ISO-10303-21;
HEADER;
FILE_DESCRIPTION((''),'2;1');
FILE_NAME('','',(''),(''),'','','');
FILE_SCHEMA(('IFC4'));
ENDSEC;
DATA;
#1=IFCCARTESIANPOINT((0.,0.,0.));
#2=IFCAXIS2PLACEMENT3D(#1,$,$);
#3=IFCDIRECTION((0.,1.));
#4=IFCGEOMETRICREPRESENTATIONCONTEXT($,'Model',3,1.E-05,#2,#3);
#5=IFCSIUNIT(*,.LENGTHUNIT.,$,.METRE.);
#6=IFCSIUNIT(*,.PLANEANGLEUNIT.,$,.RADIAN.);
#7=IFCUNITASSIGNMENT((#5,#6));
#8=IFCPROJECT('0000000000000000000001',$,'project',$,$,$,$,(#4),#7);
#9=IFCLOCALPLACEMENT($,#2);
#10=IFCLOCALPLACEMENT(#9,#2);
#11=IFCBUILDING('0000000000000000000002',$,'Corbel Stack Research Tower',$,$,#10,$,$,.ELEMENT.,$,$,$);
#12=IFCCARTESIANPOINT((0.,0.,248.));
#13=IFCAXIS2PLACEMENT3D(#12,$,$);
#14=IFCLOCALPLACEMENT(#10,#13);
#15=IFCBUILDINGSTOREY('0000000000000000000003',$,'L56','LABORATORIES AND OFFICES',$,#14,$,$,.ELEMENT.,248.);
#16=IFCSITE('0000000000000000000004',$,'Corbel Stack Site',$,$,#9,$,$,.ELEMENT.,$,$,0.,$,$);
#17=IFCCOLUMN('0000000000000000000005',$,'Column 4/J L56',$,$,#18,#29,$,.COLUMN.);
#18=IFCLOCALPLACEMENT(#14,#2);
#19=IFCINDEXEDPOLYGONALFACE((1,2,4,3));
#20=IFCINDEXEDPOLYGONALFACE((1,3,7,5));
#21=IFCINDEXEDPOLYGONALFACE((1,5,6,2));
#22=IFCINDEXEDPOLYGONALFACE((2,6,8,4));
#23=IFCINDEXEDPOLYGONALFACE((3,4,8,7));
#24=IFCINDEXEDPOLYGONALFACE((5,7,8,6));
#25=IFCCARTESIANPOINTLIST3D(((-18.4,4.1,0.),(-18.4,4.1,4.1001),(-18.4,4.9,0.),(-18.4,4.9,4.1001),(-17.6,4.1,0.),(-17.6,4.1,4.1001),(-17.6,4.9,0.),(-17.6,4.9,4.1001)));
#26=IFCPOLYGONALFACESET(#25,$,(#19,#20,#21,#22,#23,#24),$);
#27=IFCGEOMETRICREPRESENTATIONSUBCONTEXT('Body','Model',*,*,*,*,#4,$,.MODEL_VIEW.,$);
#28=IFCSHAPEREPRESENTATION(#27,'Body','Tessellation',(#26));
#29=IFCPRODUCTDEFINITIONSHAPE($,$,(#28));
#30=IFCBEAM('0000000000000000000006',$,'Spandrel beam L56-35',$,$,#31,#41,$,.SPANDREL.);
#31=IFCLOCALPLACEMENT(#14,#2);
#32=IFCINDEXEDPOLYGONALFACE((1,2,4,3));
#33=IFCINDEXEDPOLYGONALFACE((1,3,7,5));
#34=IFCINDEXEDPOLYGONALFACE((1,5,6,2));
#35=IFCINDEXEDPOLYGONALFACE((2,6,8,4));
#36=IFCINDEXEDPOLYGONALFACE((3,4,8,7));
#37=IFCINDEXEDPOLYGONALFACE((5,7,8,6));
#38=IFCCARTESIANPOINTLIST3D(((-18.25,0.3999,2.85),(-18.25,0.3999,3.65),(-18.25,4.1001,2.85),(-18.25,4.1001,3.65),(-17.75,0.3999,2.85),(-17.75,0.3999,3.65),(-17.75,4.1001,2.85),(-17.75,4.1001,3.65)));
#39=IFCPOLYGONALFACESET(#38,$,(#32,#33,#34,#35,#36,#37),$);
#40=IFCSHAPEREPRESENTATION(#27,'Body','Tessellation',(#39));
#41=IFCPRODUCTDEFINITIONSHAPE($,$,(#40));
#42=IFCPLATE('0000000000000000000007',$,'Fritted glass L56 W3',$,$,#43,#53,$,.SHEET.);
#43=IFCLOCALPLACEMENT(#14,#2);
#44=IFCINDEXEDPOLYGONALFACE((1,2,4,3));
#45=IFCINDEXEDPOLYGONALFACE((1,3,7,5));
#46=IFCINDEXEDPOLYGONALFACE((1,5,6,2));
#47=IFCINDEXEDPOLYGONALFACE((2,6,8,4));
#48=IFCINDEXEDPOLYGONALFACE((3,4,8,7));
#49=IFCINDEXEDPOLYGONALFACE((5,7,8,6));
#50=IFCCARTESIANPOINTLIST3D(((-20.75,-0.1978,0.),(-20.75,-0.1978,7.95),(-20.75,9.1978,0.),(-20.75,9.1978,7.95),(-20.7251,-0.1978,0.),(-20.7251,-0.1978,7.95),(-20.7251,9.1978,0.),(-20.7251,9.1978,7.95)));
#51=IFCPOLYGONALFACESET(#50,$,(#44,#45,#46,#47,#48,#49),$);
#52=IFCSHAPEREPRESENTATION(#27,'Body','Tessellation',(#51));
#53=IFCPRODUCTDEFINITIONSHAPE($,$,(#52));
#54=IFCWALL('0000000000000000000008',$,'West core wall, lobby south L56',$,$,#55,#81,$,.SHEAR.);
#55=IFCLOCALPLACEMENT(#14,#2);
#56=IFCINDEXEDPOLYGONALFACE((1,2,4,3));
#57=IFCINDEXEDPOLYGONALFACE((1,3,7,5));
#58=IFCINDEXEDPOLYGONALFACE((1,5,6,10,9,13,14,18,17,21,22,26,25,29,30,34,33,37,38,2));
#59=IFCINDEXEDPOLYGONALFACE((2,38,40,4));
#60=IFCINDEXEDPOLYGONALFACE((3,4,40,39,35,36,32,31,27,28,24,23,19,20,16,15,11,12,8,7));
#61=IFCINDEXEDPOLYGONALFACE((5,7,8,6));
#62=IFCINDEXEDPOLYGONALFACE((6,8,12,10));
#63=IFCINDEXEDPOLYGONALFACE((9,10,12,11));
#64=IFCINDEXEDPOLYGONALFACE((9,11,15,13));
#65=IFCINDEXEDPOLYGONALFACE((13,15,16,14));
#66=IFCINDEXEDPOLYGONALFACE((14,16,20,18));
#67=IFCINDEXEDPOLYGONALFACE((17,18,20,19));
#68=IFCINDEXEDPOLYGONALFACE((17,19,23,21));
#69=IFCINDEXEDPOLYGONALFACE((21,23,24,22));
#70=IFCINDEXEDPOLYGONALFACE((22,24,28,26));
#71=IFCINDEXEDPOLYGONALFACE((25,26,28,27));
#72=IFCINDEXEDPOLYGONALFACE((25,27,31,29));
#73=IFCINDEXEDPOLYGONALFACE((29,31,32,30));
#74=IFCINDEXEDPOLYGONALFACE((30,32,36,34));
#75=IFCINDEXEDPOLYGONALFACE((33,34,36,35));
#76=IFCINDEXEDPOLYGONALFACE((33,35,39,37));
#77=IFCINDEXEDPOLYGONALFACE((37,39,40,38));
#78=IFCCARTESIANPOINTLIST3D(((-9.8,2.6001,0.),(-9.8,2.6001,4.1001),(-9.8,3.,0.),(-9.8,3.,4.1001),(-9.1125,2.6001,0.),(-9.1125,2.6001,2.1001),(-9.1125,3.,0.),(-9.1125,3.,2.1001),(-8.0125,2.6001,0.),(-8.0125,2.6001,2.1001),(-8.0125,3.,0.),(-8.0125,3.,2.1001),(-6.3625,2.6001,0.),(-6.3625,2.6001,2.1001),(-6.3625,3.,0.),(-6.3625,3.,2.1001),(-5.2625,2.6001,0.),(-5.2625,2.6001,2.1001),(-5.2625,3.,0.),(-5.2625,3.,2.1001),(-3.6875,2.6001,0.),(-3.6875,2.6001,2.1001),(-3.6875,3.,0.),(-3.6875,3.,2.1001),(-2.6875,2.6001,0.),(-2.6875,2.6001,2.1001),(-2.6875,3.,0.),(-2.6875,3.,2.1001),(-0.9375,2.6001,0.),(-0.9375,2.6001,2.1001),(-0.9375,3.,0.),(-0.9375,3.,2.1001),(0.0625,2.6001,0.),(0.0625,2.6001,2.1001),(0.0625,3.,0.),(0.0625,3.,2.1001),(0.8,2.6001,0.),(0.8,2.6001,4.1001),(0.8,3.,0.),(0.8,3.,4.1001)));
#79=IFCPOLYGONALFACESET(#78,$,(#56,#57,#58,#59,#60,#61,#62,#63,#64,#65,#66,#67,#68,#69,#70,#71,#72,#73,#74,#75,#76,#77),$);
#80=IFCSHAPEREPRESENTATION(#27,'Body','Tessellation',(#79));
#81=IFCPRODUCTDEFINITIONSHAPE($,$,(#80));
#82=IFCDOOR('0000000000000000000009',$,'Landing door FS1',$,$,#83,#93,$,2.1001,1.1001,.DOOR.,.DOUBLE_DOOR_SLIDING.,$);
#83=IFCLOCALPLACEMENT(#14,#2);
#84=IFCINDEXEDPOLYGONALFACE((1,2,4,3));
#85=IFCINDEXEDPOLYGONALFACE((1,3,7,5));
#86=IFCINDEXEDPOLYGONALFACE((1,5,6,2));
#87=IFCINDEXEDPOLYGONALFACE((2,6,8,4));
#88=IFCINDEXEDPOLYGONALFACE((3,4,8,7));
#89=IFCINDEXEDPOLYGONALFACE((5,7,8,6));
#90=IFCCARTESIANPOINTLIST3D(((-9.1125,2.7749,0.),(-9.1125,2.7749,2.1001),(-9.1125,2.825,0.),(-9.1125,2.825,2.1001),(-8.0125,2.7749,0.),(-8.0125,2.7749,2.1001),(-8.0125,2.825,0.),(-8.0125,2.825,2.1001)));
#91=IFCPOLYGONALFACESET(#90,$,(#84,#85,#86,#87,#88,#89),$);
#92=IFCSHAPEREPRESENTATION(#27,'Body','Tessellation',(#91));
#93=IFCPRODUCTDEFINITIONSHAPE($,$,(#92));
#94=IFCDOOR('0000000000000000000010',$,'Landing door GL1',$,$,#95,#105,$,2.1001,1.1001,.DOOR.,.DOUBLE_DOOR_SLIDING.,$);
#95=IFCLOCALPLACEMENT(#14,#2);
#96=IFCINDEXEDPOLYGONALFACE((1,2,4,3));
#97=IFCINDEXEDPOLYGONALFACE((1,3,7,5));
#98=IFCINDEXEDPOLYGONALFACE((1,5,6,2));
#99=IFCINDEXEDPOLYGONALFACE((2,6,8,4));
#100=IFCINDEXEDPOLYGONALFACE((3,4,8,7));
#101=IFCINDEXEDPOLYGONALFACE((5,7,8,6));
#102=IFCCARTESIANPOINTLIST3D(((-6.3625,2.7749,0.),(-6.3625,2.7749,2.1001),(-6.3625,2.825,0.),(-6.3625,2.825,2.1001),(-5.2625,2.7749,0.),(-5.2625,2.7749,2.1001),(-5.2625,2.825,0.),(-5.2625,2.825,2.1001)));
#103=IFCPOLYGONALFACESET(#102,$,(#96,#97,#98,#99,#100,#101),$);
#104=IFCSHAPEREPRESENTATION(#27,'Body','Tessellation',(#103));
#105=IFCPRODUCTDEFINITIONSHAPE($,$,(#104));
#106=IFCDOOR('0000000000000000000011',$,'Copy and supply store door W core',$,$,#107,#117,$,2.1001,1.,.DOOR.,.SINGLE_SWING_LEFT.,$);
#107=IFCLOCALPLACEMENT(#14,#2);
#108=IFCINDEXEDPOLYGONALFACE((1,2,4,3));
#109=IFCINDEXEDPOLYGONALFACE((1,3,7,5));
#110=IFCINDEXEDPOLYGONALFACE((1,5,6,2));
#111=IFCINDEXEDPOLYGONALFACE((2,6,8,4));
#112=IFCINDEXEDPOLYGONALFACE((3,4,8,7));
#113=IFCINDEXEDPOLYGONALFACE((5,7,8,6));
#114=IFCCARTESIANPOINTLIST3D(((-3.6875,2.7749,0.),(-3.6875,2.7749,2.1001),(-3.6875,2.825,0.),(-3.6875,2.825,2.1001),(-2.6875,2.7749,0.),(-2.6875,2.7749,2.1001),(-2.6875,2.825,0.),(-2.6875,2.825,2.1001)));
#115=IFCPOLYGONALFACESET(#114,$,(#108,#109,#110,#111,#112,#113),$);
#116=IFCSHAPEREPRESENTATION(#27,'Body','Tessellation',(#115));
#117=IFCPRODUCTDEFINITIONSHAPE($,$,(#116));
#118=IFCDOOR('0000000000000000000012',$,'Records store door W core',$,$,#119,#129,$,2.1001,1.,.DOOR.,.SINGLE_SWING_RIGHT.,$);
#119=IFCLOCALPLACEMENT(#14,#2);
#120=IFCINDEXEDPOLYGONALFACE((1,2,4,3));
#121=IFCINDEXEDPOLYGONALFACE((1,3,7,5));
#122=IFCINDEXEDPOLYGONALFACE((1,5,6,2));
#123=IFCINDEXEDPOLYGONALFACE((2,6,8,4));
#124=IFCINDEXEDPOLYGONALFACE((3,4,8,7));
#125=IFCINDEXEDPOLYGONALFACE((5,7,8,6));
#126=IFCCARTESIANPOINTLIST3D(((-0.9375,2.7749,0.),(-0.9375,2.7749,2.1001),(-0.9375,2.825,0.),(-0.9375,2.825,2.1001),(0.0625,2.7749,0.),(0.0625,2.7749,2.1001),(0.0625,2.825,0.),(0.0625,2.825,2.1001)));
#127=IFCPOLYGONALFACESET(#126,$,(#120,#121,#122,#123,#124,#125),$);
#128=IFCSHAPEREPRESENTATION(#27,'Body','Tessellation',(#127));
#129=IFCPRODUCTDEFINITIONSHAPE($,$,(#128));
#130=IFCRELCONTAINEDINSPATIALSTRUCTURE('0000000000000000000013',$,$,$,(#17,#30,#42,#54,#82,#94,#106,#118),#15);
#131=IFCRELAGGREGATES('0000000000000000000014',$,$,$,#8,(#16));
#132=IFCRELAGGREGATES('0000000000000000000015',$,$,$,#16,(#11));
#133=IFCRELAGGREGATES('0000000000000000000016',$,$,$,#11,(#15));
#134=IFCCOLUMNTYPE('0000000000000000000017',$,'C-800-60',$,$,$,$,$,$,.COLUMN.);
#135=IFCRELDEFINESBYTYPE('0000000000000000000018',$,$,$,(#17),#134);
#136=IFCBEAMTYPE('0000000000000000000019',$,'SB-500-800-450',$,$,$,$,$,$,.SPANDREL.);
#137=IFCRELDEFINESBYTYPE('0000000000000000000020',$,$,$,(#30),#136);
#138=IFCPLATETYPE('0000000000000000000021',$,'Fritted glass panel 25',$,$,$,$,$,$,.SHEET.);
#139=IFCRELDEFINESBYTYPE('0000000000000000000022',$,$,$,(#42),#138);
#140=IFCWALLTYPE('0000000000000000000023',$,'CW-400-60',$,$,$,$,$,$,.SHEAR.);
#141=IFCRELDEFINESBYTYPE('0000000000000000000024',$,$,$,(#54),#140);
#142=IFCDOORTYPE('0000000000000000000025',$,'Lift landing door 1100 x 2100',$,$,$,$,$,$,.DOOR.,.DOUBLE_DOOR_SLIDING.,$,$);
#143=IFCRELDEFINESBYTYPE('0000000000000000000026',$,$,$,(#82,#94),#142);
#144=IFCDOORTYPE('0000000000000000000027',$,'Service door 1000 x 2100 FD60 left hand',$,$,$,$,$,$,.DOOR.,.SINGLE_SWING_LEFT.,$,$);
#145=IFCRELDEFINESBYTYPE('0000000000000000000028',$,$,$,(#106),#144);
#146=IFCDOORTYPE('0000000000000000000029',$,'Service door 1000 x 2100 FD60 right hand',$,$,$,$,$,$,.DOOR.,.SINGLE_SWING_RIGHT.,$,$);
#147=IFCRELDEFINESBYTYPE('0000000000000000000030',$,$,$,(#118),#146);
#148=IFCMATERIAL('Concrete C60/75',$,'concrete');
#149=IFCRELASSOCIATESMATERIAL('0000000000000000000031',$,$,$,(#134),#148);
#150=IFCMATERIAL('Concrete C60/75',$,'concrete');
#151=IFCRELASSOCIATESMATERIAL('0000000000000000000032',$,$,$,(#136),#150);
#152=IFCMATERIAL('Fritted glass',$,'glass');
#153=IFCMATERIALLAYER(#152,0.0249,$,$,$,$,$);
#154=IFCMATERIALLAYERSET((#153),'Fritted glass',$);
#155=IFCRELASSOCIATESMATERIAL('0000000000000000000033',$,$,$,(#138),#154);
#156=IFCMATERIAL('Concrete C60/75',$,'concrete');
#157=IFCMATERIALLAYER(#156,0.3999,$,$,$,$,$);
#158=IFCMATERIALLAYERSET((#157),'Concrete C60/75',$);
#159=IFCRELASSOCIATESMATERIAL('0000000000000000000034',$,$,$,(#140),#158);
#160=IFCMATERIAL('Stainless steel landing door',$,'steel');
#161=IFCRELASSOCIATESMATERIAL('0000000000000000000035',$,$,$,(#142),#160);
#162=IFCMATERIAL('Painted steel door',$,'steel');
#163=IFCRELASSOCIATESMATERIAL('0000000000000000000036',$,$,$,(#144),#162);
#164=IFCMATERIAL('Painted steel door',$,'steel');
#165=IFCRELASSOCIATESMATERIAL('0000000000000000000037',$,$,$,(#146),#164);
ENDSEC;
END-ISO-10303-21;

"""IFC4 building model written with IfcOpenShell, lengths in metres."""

from ifc_helpers import new_model, si_unit, direction, frame, frame_2d, origin, origin_2d, place, context, subcontext, project, spatial, rectangle, extrude, material, layer, layer_set, material_profile, profile_set, type_object, element, fill, save


model = new_model("IFC4")

# Units and contexts
model_context = context("Model", 3, precision=1e-05, world=origin(), true_north=direction((0.0, 1.0)))
body_context = subcontext(model_context, "Body", "Model", "MODEL_VIEW")
ifc_project = project(units=[si_unit("LENGTHUNIT", "METRE"), si_unit("PLANEANGLEUNIT", "RADIAN")], contexts=[model_context])

# Site, building, storey
site_placement = place(None, origin())
site = spatial("IfcSite", under=ifc_project, at=site_placement, Name="Corbel Stack Site", CompositionType="ELEMENT", RefElevation=0.0)
building_placement = place(site_placement, origin())
building = spatial("IfcBuilding", under=site, at=building_placement, Name="Corbel Stack Research Tower", CompositionType="ELEMENT")
storey_placement = place(building_placement, frame((0.0, 0.0, 248.0)))
storey = spatial("IfcBuildingStorey", under=building, at=storey_placement, Name="L56", Description="LABORATORIES AND OFFICES", CompositionType="ELEMENT", Elevation=248.0)

# Column
ifc_material_1 = material(Name="Concrete C60/75", Category="concrete")
ifc_material_profile_1 = material_profile(ifc_material_1, rectangle(XDim=0.8, YDim=0.8, at=origin_2d()), Name="RC 800 x 800")
ifc_profile_set_1 = profile_set([ifc_material_profile_1], Name="Concrete C60/75")
column_type = type_object("IfcColumnType", Name="C-800-60", PredefinedType="COLUMN", material=ifc_profile_set_1)
column_placement = place(storey_placement, frame((-18.0, 4.5, 0.0), z_axis=(0.0, 0.0, 1.0), x_axis=(1.0, 0.0, 0.0)))
element("IfcColumn", 1, at=column_placement, inside=storey, type_object=column_type, Name="Column 4/J L56", PredefinedType="COLUMN", context=body_context, shape_type="SweptSolid", body=[
    extrude(rectangle(XDim=0.8, YDim=0.8, at=origin_2d()), origin(), (0.0, 0.0, 1.0), 4.1001),
])

# Beam
ifc_material_2 = material(Name="Concrete C60/75", Category="concrete")
ifc_material_profile_2 = material_profile(ifc_material_2, rectangle(XDim=0.5, YDim=0.8, at=origin_2d()), Name="RC 500 x 800")
ifc_profile_set_2 = profile_set([ifc_material_profile_2], Name="Concrete C60/75")
beam_type = type_object("IfcBeamType", Name="SB-500-800-450", PredefinedType="SPANDREL", material=ifc_profile_set_2)
beam_placement = place(storey_placement, frame((-18.0, 4.1001, 3.25), z_axis=(0.0, -1.0, 0.0), x_axis=(1.0, 0.0, 0.0)))
element("IfcBeam", 2, at=beam_placement, inside=storey, type_object=beam_type, Name="Spandrel beam L56-35", PredefinedType="SPANDREL", context=body_context, shape_type="SweptSolid", body=[
    extrude(rectangle(XDim=0.5, YDim=0.8, at=origin_2d()), origin(), (0.0, 0.0, 1.0), 3.7002),
])

# Plate
ifc_material_3 = material(Name="Fritted glass", Category="glass")
ifc_layer_1 = layer(ifc_material_3, 0.0249)
ifc_layer_set_1 = layer_set([ifc_layer_1], Name="Fritted glass")
plate_type = type_object("IfcPlateType", Name="Fritted glass panel 25", PredefinedType="SHEET", material=ifc_layer_set_1)
plate_placement = place(storey_placement, frame((-20.7375, 4.5, 0.0), z_axis=(0.0, 0.0, 1.0), x_axis=(0.0, -1.0, 0.0)))
element("IfcPlate", 3, at=plate_placement, inside=storey, type_object=plate_type, Name="Fritted glass L56 W3", PredefinedType="SHEET", context=body_context, shape_type="SweptSolid", body=[
    extrude(rectangle(XDim=9.3955, YDim=0.0249, at=origin_2d()), origin(), (0.0, 0.0, 1.0), 7.95),
])

# Wall, openings, doors
ifc_material_4 = material(Name="Concrete C60/75", Category="concrete")
ifc_layer_2 = layer(ifc_material_4, 0.3999)
ifc_layer_set_2 = layer_set([ifc_layer_2], Name="Concrete C60/75")
wall_type_1 = type_object("IfcWallType", Name="CW-400-60", PredefinedType="SHEAR", material=ifc_layer_set_2)
wall_1_placement = place(storey_placement, frame((-9.8, 2.8, 0.0), z_axis=(0.0, 0.0, 1.0), x_axis=(1.0, 0.0, 0.0)))
wall_1 = element("IfcWall", 4, at=wall_1_placement, inside=storey, type_object=wall_type_1, Name="West core wall, lobby south L56", PredefinedType="SHEAR", context=body_context, shape_type="SweptSolid", body=[
    extrude(rectangle(XDim=10.6001, YDim=0.3999, at=frame_2d((5.3, 0.0))), origin(), (0.0, 0.0, 1.0), 4.1001),
])
opening_1_placement = place(wall_1_placement, frame((0.6875, 0.0, 0.0)))
opening_1 = element("IfcOpeningElement", 5, at=opening_1_placement, cuts=wall_1, PredefinedType="OPENING", context=body_context, shape_type="SweptSolid", body=[
    extrude(rectangle(XDim=1.1001, YDim=2.1001, at=frame_2d((0.55, 1.05))), frame((0.0, 0.21, 0.0), z_axis=(0.0, -1.0, 0.0), x_axis=(1.0, 0.0, 0.0)), (0.0, 0.0, 1.0), 0.4199),
])
opening_2_placement = place(wall_1_placement, frame((3.4375, 0.0, 0.0)))
opening_2 = element("IfcOpeningElement", 6, at=opening_2_placement, cuts=wall_1, PredefinedType="OPENING", context=body_context, shape_type="SweptSolid", body=[
    extrude(rectangle(XDim=1.1001, YDim=2.1001, at=frame_2d((0.55, 1.05))), frame((0.0, 0.21, 0.0), z_axis=(0.0, -1.0, 0.0), x_axis=(1.0, 0.0, 0.0)), (0.0, 0.0, 1.0), 0.4199),
])
opening_3_placement = place(wall_1_placement, frame((6.1125, 0.0, 0.0)))
opening_3 = element("IfcOpeningElement", 7, at=opening_3_placement, cuts=wall_1, PredefinedType="OPENING", context=body_context, shape_type="SweptSolid", body=[
    extrude(rectangle(XDim=1.0, YDim=2.1001, at=frame_2d((0.5, 1.05))), frame((0.0, 0.21, 0.0), z_axis=(0.0, -1.0, 0.0), x_axis=(1.0, 0.0, 0.0)), (0.0, 0.0, 1.0), 0.4199),
])
opening_4_placement = place(wall_1_placement, frame((8.8625, 0.0, 0.0)))
opening_4 = element("IfcOpeningElement", 8, at=opening_4_placement, cuts=wall_1, PredefinedType="OPENING", context=body_context, shape_type="SweptSolid", body=[
    extrude(rectangle(XDim=1.0, YDim=2.1001, at=frame_2d((0.5, 1.05))), frame((0.0, 0.21, 0.0), z_axis=(0.0, -1.0, 0.0), x_axis=(1.0, 0.0, 0.0)), (0.0, 0.0, 1.0), 0.4199),
])
ifc_material_5 = material(Name="Stainless steel landing door", Category="steel")
door_type_1 = type_object("IfcDoorType", Name="Lift landing door 1100 x 2100", OperationType="DOUBLE_DOOR_SLIDING", PredefinedType="DOOR", material=ifc_material_5)
door_1_placement = place(opening_1_placement, origin())
door_1 = element("IfcDoor", 9, at=door_1_placement, inside=storey, type_object=door_type_1, Name="Landing door FS1", OperationType="DOUBLE_DOOR_SLIDING", OverallHeight=2.1001, OverallWidth=1.1001, PredefinedType="DOOR", context=body_context, shape_type="SweptSolid", body=[
    extrude(rectangle(XDim=1.1001, YDim=2.1001, at=frame_2d((0.55, 1.05))), frame((0.0, 0.0249, 0.0), z_axis=(0.0, -1.0, 0.0), x_axis=(1.0, 0.0, 0.0)), (0.0, 0.0, 1.0), 0.05),
])
fill(opening_1, door_1)
door_2_placement = place(opening_2_placement, origin())
door_2 = element("IfcDoor", 10, at=door_2_placement, inside=storey, type_object=door_type_1, Name="Landing door GL1", OperationType="DOUBLE_DOOR_SLIDING", OverallHeight=2.1001, OverallWidth=1.1001, PredefinedType="DOOR", context=body_context, shape_type="SweptSolid", body=[
    extrude(rectangle(XDim=1.1001, YDim=2.1001, at=frame_2d((0.55, 1.05))), frame((0.0, 0.0249, 0.0), z_axis=(0.0, -1.0, 0.0), x_axis=(1.0, 0.0, 0.0)), (0.0, 0.0, 1.0), 0.05),
])
fill(opening_2, door_2)
ifc_material_6 = material(Name="Painted steel door", Category="steel")
door_type_2 = type_object("IfcDoorType", Name="Service door 1000 x 2100 FD60 left hand", OperationType="SINGLE_SWING_LEFT", PredefinedType="DOOR", material=ifc_material_6)
door_3_placement = place(opening_3_placement, origin())
door_3 = element("IfcDoor", 11, at=door_3_placement, inside=storey, type_object=door_type_2, Name="Copy and supply store door W core", OperationType="SINGLE_SWING_LEFT", OverallHeight=2.1001, OverallWidth=1.0, PredefinedType="DOOR", context=body_context, shape_type="SweptSolid", body=[
    extrude(rectangle(XDim=1.0, YDim=2.1001, at=frame_2d((0.5, 1.05))), frame((0.0, 0.0249, 0.0), z_axis=(0.0, -1.0, 0.0), x_axis=(1.0, 0.0, 0.0)), (0.0, 0.0, 1.0), 0.05),
])
fill(opening_3, door_3)
ifc_material_7 = material(Name="Painted steel door", Category="steel")
door_type_3 = type_object("IfcDoorType", Name="Service door 1000 x 2100 FD60 right hand", OperationType="SINGLE_SWING_RIGHT", PredefinedType="DOOR", material=ifc_material_7)
door_4_placement = place(opening_4_placement, origin())
door_4 = element("IfcDoor", 12, at=door_4_placement, inside=storey, type_object=door_type_3, Name="Records store door W core", OperationType="SINGLE_SWING_RIGHT", OverallHeight=2.1001, OverallWidth=1.0, PredefinedType="DOOR", context=body_context, shape_type="SweptSolid", body=[
    extrude(rectangle(XDim=1.0, YDim=2.1001, at=frame_2d((0.5, 1.05))), frame((0.0, 0.0249, 0.0), z_axis=(0.0, -1.0, 0.0), x_axis=(1.0, 0.0, 0.0)), (0.0, 0.0, 1.0), 0.05),
])
fill(opening_4, door_4)

save(model, "model.ifc")
